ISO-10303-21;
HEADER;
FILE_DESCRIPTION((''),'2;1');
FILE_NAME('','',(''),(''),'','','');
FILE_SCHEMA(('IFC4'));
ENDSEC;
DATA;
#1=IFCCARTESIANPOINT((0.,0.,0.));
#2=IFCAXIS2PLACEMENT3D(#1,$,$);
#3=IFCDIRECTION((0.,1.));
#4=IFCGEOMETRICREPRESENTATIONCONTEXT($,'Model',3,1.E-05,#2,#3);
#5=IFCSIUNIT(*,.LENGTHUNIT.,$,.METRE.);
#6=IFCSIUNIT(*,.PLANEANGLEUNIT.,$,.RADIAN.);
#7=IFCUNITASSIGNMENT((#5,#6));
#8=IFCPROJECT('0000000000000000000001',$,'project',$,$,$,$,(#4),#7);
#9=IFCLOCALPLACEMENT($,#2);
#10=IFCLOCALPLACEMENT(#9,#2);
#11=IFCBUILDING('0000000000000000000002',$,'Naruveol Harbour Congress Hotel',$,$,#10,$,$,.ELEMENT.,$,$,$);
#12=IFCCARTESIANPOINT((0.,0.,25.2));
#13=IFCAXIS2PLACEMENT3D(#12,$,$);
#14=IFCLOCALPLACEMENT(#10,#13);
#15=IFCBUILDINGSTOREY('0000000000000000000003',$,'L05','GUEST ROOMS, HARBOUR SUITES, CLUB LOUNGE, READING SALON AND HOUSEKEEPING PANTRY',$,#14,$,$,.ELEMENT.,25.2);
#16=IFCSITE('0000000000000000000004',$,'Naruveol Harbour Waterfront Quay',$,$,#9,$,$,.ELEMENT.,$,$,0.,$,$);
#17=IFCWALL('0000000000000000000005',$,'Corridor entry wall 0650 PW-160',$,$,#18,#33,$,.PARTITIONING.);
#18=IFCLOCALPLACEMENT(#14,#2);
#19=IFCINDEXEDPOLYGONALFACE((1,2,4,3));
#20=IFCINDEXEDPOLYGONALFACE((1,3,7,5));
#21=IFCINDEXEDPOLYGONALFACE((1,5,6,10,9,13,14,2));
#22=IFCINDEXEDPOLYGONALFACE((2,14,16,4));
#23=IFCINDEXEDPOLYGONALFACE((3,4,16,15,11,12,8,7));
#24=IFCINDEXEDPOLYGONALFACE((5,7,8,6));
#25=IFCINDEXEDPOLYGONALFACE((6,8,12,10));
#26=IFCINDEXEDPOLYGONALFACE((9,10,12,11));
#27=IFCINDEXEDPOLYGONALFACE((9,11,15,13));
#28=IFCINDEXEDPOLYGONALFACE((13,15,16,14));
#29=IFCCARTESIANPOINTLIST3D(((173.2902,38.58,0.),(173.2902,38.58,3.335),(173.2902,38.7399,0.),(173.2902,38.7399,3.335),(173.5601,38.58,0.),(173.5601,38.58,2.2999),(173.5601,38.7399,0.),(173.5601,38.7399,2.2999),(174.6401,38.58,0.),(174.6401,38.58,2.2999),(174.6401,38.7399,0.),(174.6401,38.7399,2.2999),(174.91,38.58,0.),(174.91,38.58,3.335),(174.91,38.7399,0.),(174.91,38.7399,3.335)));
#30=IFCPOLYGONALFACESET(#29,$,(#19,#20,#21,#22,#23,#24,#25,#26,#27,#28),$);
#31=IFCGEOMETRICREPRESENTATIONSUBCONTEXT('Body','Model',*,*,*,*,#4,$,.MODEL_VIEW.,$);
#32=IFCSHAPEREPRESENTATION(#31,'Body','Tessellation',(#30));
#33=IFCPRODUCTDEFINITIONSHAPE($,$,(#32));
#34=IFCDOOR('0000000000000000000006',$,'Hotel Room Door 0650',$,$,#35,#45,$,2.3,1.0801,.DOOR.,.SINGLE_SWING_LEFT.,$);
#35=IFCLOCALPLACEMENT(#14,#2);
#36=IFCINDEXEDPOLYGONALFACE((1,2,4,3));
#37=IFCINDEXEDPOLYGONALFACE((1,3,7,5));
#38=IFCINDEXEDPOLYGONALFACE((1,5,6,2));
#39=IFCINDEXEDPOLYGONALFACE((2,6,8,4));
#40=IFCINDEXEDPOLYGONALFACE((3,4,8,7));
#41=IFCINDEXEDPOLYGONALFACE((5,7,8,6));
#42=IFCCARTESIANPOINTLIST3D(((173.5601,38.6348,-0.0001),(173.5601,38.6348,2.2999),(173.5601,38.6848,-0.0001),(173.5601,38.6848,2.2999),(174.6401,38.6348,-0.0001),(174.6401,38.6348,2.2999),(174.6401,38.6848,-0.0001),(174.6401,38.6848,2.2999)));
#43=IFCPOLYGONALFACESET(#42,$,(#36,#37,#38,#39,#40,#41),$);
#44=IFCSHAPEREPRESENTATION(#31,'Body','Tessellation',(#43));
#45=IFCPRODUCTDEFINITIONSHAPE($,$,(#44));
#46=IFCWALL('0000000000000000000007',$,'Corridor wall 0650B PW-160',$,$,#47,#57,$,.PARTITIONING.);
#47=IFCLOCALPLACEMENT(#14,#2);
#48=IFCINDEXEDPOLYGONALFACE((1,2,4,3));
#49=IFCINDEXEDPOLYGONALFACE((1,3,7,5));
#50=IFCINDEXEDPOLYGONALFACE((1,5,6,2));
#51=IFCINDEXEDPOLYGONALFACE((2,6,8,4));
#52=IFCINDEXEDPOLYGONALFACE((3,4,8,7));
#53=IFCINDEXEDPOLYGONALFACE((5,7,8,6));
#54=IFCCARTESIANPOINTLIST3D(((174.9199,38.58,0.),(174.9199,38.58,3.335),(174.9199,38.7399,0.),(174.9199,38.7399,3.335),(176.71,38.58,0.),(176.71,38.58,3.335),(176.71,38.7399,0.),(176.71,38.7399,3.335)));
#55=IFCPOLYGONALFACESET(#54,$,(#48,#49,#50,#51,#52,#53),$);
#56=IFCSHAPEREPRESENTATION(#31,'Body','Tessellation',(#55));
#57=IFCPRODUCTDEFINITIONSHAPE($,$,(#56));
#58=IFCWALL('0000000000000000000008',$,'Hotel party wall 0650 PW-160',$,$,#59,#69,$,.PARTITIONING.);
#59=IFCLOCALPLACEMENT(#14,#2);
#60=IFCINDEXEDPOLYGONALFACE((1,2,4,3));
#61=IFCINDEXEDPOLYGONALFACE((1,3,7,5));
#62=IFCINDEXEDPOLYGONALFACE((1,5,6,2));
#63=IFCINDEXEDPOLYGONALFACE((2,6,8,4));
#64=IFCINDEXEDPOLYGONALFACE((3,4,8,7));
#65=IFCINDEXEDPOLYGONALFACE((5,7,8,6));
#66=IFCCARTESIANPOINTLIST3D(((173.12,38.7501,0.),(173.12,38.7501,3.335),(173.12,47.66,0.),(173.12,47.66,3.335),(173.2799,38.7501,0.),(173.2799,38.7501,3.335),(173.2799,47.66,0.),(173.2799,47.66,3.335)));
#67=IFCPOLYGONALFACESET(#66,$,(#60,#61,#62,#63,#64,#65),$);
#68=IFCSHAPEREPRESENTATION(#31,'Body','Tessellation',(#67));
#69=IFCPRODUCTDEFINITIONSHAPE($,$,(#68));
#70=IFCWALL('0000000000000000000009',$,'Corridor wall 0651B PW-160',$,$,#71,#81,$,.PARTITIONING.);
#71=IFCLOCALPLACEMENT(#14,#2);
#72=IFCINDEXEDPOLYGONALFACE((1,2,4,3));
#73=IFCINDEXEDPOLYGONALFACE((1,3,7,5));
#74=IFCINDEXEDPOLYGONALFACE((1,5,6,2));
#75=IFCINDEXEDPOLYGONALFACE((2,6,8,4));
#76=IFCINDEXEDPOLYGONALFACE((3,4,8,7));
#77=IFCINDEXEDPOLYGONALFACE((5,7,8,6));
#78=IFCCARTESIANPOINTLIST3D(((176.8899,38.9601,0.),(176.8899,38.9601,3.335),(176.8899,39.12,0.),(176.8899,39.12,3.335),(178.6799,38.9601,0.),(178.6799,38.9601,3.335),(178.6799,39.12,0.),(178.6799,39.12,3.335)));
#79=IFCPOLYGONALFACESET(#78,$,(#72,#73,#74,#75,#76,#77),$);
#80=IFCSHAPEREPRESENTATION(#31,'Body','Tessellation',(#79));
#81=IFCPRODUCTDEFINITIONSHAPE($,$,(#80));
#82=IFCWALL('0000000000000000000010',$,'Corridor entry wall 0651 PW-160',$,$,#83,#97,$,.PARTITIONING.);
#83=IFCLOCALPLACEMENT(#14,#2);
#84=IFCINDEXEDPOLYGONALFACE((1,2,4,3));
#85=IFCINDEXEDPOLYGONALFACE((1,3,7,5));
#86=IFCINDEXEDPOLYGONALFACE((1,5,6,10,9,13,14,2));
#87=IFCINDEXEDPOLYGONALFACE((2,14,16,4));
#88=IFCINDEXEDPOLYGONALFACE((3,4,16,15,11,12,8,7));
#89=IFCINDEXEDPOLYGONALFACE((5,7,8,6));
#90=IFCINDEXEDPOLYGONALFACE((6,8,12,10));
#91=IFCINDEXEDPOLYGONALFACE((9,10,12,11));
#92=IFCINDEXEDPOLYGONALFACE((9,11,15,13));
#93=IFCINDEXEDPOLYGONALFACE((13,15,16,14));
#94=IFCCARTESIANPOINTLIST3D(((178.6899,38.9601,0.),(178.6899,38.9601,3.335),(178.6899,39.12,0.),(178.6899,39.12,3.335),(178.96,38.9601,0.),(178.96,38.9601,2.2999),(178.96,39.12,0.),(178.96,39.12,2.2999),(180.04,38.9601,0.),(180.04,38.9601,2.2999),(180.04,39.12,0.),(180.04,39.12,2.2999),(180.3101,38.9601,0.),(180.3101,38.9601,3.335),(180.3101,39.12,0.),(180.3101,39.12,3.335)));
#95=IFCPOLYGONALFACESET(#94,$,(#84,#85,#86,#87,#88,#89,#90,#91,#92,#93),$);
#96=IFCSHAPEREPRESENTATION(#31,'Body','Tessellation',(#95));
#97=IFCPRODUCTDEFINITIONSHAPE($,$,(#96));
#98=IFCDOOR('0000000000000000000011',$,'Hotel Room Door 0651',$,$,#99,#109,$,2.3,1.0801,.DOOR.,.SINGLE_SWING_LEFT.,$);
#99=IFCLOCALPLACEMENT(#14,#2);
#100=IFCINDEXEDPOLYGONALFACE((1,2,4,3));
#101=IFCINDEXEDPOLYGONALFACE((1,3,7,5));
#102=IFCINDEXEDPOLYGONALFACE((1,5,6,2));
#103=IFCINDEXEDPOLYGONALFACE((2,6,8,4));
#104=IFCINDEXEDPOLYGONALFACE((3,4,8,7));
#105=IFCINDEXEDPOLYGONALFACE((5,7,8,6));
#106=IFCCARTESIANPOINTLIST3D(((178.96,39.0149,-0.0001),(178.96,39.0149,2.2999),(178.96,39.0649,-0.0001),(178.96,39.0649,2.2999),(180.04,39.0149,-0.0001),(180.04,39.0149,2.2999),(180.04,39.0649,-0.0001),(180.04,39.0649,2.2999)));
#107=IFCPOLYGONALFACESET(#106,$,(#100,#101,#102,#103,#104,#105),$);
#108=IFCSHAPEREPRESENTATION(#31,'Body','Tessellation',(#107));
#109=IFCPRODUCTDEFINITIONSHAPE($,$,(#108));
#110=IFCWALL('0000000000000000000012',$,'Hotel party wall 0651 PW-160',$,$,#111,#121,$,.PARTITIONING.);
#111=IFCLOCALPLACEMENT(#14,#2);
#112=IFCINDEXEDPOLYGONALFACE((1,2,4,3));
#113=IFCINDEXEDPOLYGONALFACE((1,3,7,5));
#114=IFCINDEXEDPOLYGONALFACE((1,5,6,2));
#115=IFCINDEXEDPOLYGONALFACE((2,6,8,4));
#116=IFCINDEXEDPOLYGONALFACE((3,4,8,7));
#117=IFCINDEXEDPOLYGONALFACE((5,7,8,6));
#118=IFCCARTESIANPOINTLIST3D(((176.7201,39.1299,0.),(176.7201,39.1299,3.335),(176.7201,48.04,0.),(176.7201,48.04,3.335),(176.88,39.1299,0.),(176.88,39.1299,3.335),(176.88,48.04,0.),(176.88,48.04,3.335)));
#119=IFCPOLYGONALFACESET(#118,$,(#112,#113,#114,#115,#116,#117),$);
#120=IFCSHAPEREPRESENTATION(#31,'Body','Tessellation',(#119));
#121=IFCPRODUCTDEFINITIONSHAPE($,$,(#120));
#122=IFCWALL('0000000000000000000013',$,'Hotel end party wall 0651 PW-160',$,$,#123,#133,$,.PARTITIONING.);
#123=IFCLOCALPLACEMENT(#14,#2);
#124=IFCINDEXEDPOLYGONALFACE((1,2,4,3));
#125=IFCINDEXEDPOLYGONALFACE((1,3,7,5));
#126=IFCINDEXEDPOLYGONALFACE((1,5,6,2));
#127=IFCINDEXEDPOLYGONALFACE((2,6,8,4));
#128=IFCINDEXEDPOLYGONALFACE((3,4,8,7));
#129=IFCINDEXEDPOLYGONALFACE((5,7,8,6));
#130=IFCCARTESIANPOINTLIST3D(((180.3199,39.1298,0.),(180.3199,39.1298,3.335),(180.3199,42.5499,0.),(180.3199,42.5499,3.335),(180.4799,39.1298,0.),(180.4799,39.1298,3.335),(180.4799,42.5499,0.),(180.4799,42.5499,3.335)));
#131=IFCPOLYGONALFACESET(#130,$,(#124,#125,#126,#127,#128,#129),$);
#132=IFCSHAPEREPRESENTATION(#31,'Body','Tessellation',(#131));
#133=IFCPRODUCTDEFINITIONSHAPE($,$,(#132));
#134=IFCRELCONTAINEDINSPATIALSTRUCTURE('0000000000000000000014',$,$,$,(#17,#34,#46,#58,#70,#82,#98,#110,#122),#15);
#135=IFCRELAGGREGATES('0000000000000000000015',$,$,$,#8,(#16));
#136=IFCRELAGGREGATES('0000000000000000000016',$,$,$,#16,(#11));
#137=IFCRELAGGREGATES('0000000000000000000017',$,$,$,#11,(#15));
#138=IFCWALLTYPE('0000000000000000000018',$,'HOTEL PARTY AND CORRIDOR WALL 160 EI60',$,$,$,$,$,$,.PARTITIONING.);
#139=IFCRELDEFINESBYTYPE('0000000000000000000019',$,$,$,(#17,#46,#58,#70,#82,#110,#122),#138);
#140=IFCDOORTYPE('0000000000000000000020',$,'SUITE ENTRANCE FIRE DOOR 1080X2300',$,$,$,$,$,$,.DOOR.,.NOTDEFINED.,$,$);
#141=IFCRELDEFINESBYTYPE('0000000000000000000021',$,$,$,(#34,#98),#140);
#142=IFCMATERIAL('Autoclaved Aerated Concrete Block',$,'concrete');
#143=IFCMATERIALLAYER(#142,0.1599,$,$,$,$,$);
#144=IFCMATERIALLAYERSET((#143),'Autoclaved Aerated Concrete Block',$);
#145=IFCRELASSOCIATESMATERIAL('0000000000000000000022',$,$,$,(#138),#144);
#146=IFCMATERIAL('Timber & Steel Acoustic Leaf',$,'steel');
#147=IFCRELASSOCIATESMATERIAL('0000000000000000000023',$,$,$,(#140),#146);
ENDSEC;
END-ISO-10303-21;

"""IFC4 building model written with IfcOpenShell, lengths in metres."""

from ifc_helpers import new_model, si_unit, direction, frame, frame_2d, origin, place, context, subcontext, project, spatial, rectangle, extrude, material, layer, layer_set, type_object, element, fill, save


model = new_model("IFC4")

# Units and contexts
model_context = context("Model", 3, precision=1e-05, world=origin(), true_north=direction((0.0, 1.0)))
body_context = subcontext(model_context, "Body", "Model", "MODEL_VIEW")
ifc_project = project(units=[si_unit("LENGTHUNIT", "METRE"), si_unit("PLANEANGLEUNIT", "RADIAN")], contexts=[model_context])

# Site, building, storey
site_placement = place(None, origin())
site = spatial("IfcSite", under=ifc_project, at=site_placement, Name="Naruveol Harbour Waterfront Quay", CompositionType="ELEMENT", RefElevation=0.0)
building_placement = place(site_placement, origin())
building = spatial("IfcBuilding", under=site, at=building_placement, Name="Naruveol Harbour Congress Hotel", CompositionType="ELEMENT")
storey_placement = place(building_placement, frame((0.0, 0.0, 25.2)))
storey = spatial("IfcBuildingStorey", under=building, at=storey_placement, Name="L05", Description="GUEST ROOMS, HARBOUR SUITES, CLUB LOUNGE, READING SALON AND HOUSEKEEPING PANTRY", CompositionType="ELEMENT", Elevation=25.2)

# Shared definitions
ifc_material_1 = material(Name="Autoclaved Aerated Concrete Block", Category="concrete")
ifc_layer_1 = layer(ifc_material_1, 0.1599)
ifc_layer_set_1 = layer_set([ifc_layer_1], Name="Autoclaved Aerated Concrete Block")
wall_type_1 = type_object("IfcWallType", Name="HOTEL PARTY AND CORRIDOR WALL 160 EI60", PredefinedType="PARTITIONING", material=ifc_layer_set_1)

# Wall, opening, door
wall_1_placement = place(storey_placement, frame((173.29, 38.6599, 0.0), z_axis=(0.0, 0.0, 1.0), x_axis=(1.0, 0.0, 0.0)))
wall_1 = element("IfcWall", 1, at=wall_1_placement, inside=storey, type_object=wall_type_1, Name="Corridor entry wall 0650 PW-160", PredefinedType="PARTITIONING", context=body_context, shape_type="SweptSolid", body=[
    extrude(rectangle(XDim=1.6199, YDim=0.1599, at=frame_2d((0.8101, 0.0))), origin(), (0.0, 0.0, 1.0), 3.335),
])
opening_1_placement = place(wall_1_placement, frame((0.27, 0.0, 0.0)))
opening_1 = element("IfcOpeningElement", 2, at=opening_1_placement, cuts=wall_1, PredefinedType="OPENING", context=body_context, shape_type="SweptSolid", body=[
    extrude(rectangle(XDim=1.0801, YDim=2.3, at=frame_2d((0.54, 1.1499))), frame((0.0, 0.0898, 0.0), z_axis=(0.0, -1.0, 0.0), x_axis=(1.0, 0.0, 0.0)), (0.0, 0.0, 1.0), 0.1799),
])
ifc_material_2 = material(Name="Timber & Steel Acoustic Leaf", Category="steel")
door_type_1 = type_object("IfcDoorType", Name="SUITE ENTRANCE FIRE DOOR 1080X2300", OperationType="NOTDEFINED", PredefinedType="DOOR", material=ifc_material_2)
door_1_placement = place(opening_1_placement, origin())
door_1 = element("IfcDoor", 3, at=door_1_placement, inside=storey, type_object=door_type_1, Name="Hotel Room Door 0650", OperationType="SINGLE_SWING_LEFT", OverallHeight=2.3, OverallWidth=1.0801, PredefinedType="DOOR", context=body_context, shape_type="SweptSolid", body=[
    extrude(rectangle(XDim=1.0801, YDim=2.3, at=frame_2d((0.54, 1.1499))), frame((0.0, 0.0249, 0.0), z_axis=(0.0, -1.0, 0.0), x_axis=(1.0, 0.0, 0.0)), (0.0, 0.0, 1.0), 0.05),
])
fill(opening_1, door_1)

# Walls
wall_2_placement = place(storey_placement, frame((174.9199, 38.6599, 0.0), z_axis=(0.0, 0.0, 1.0), x_axis=(1.0, 0.0, 0.0)))
element("IfcWall", 4, at=wall_2_placement, inside=storey, type_object=wall_type_1, Name="Corridor wall 0650B PW-160", PredefinedType="PARTITIONING", context=body_context, shape_type="SweptSolid", body=[
    extrude(rectangle(XDim=1.79, YDim=0.1599, at=frame_2d((0.895, 0.0))), origin(), (0.0, 0.0, 1.0), 3.335),
])
wall_3_placement = place(storey_placement, frame((173.2, 38.75, 0.0), z_axis=(0.0, 0.0, 1.0), x_axis=(0.0, 1.0, 0.0)))
element("IfcWall", 5, at=wall_3_placement, inside=storey, type_object=wall_type_1, Name="Hotel party wall 0650 PW-160", PredefinedType="PARTITIONING", context=body_context, shape_type="SweptSolid", body=[
    extrude(rectangle(XDim=8.9099, YDim=0.1599, at=frame_2d((4.4551, 0.0))), origin(), (0.0, 0.0, 1.0), 3.335),
])
wall_4_placement = place(storey_placement, frame((176.8899, 39.04, 0.0), z_axis=(0.0, 0.0, 1.0), x_axis=(1.0, 0.0, 0.0)))
element("IfcWall", 6, at=wall_4_placement, inside=storey, type_object=wall_type_1, Name="Corridor wall 0651B PW-160", PredefinedType="PARTITIONING", context=body_context, shape_type="SweptSolid", body=[
    extrude(rectangle(XDim=1.79, YDim=0.1599, at=frame_2d((0.895, 0.0))), origin(), (0.0, 0.0, 1.0), 3.335),
])

# Wall, opening, door
wall_5_placement = place(storey_placement, frame((178.6899, 39.04, 0.0), z_axis=(0.0, 0.0, 1.0), x_axis=(1.0, 0.0, 0.0)))
wall_5 = element("IfcWall", 7, at=wall_5_placement, inside=storey, type_object=wall_type_1, Name="Corridor entry wall 0651 PW-160", PredefinedType="PARTITIONING", context=body_context, shape_type="SweptSolid", body=[
    extrude(rectangle(XDim=1.6201, YDim=0.1599, at=frame_2d((0.8101, 0.0))), origin(), (0.0, 0.0, 1.0), 3.335),
])
opening_2_placement = place(wall_5_placement, frame((0.27, 0.0, 0.0)))
opening_2 = element("IfcOpeningElement", 8, at=opening_2_placement, cuts=wall_5, PredefinedType="OPENING", context=body_context, shape_type="SweptSolid", body=[
    extrude(rectangle(XDim=1.0801, YDim=2.3, at=frame_2d((0.54, 1.1499))), frame((0.0, 0.0898, 0.0), z_axis=(0.0, -1.0, 0.0), x_axis=(1.0, 0.0, 0.0)), (0.0, 0.0, 1.0), 0.1799),
])
door_2_placement = place(opening_2_placement, origin())
door_2 = element("IfcDoor", 9, at=door_2_placement, inside=storey, type_object=door_type_1, Name="Hotel Room Door 0651", OperationType="SINGLE_SWING_LEFT", OverallHeight=2.3, OverallWidth=1.0801, PredefinedType="DOOR", context=body_context, shape_type="SweptSolid", body=[
    extrude(rectangle(XDim=1.0801, YDim=2.3, at=frame_2d((0.54, 1.1499))), frame((0.0, 0.0249, 0.0), z_axis=(0.0, -1.0, 0.0), x_axis=(1.0, 0.0, 0.0)), (0.0, 0.0, 1.0), 0.05),
])
fill(opening_2, door_2)

# Walls
wall_6_placement = place(storey_placement, frame((176.8, 39.1299, 0.0), z_axis=(0.0, 0.0, 1.0), x_axis=(0.0, 1.0, 0.0)))
element("IfcWall", 10, at=wall_6_placement, inside=storey, type_object=wall_type_1, Name="Hotel party wall 0651 PW-160", PredefinedType="PARTITIONING", context=body_context, shape_type="SweptSolid", body=[
    extrude(rectangle(XDim=8.9102, YDim=0.1599, at=frame_2d((4.4551, 0.0))), origin(), (0.0, 0.0, 1.0), 3.335),
])
wall_7_placement = place(storey_placement, frame((180.3999, 39.1299, 0.0), z_axis=(0.0, 0.0, 1.0), x_axis=(0.0, 1.0, 0.0)))
element("IfcWall", 11, at=wall_7_placement, inside=storey, type_object=wall_type_1, Name="Hotel end party wall 0651 PW-160", PredefinedType="PARTITIONING", context=body_context, shape_type="SweptSolid", body=[
    extrude(rectangle(XDim=3.4202, YDim=0.1599, at=frame_2d((1.71, 0.0))), origin(), (0.0, 0.0, 1.0), 3.335),
])

save(model, "model.ifc")
